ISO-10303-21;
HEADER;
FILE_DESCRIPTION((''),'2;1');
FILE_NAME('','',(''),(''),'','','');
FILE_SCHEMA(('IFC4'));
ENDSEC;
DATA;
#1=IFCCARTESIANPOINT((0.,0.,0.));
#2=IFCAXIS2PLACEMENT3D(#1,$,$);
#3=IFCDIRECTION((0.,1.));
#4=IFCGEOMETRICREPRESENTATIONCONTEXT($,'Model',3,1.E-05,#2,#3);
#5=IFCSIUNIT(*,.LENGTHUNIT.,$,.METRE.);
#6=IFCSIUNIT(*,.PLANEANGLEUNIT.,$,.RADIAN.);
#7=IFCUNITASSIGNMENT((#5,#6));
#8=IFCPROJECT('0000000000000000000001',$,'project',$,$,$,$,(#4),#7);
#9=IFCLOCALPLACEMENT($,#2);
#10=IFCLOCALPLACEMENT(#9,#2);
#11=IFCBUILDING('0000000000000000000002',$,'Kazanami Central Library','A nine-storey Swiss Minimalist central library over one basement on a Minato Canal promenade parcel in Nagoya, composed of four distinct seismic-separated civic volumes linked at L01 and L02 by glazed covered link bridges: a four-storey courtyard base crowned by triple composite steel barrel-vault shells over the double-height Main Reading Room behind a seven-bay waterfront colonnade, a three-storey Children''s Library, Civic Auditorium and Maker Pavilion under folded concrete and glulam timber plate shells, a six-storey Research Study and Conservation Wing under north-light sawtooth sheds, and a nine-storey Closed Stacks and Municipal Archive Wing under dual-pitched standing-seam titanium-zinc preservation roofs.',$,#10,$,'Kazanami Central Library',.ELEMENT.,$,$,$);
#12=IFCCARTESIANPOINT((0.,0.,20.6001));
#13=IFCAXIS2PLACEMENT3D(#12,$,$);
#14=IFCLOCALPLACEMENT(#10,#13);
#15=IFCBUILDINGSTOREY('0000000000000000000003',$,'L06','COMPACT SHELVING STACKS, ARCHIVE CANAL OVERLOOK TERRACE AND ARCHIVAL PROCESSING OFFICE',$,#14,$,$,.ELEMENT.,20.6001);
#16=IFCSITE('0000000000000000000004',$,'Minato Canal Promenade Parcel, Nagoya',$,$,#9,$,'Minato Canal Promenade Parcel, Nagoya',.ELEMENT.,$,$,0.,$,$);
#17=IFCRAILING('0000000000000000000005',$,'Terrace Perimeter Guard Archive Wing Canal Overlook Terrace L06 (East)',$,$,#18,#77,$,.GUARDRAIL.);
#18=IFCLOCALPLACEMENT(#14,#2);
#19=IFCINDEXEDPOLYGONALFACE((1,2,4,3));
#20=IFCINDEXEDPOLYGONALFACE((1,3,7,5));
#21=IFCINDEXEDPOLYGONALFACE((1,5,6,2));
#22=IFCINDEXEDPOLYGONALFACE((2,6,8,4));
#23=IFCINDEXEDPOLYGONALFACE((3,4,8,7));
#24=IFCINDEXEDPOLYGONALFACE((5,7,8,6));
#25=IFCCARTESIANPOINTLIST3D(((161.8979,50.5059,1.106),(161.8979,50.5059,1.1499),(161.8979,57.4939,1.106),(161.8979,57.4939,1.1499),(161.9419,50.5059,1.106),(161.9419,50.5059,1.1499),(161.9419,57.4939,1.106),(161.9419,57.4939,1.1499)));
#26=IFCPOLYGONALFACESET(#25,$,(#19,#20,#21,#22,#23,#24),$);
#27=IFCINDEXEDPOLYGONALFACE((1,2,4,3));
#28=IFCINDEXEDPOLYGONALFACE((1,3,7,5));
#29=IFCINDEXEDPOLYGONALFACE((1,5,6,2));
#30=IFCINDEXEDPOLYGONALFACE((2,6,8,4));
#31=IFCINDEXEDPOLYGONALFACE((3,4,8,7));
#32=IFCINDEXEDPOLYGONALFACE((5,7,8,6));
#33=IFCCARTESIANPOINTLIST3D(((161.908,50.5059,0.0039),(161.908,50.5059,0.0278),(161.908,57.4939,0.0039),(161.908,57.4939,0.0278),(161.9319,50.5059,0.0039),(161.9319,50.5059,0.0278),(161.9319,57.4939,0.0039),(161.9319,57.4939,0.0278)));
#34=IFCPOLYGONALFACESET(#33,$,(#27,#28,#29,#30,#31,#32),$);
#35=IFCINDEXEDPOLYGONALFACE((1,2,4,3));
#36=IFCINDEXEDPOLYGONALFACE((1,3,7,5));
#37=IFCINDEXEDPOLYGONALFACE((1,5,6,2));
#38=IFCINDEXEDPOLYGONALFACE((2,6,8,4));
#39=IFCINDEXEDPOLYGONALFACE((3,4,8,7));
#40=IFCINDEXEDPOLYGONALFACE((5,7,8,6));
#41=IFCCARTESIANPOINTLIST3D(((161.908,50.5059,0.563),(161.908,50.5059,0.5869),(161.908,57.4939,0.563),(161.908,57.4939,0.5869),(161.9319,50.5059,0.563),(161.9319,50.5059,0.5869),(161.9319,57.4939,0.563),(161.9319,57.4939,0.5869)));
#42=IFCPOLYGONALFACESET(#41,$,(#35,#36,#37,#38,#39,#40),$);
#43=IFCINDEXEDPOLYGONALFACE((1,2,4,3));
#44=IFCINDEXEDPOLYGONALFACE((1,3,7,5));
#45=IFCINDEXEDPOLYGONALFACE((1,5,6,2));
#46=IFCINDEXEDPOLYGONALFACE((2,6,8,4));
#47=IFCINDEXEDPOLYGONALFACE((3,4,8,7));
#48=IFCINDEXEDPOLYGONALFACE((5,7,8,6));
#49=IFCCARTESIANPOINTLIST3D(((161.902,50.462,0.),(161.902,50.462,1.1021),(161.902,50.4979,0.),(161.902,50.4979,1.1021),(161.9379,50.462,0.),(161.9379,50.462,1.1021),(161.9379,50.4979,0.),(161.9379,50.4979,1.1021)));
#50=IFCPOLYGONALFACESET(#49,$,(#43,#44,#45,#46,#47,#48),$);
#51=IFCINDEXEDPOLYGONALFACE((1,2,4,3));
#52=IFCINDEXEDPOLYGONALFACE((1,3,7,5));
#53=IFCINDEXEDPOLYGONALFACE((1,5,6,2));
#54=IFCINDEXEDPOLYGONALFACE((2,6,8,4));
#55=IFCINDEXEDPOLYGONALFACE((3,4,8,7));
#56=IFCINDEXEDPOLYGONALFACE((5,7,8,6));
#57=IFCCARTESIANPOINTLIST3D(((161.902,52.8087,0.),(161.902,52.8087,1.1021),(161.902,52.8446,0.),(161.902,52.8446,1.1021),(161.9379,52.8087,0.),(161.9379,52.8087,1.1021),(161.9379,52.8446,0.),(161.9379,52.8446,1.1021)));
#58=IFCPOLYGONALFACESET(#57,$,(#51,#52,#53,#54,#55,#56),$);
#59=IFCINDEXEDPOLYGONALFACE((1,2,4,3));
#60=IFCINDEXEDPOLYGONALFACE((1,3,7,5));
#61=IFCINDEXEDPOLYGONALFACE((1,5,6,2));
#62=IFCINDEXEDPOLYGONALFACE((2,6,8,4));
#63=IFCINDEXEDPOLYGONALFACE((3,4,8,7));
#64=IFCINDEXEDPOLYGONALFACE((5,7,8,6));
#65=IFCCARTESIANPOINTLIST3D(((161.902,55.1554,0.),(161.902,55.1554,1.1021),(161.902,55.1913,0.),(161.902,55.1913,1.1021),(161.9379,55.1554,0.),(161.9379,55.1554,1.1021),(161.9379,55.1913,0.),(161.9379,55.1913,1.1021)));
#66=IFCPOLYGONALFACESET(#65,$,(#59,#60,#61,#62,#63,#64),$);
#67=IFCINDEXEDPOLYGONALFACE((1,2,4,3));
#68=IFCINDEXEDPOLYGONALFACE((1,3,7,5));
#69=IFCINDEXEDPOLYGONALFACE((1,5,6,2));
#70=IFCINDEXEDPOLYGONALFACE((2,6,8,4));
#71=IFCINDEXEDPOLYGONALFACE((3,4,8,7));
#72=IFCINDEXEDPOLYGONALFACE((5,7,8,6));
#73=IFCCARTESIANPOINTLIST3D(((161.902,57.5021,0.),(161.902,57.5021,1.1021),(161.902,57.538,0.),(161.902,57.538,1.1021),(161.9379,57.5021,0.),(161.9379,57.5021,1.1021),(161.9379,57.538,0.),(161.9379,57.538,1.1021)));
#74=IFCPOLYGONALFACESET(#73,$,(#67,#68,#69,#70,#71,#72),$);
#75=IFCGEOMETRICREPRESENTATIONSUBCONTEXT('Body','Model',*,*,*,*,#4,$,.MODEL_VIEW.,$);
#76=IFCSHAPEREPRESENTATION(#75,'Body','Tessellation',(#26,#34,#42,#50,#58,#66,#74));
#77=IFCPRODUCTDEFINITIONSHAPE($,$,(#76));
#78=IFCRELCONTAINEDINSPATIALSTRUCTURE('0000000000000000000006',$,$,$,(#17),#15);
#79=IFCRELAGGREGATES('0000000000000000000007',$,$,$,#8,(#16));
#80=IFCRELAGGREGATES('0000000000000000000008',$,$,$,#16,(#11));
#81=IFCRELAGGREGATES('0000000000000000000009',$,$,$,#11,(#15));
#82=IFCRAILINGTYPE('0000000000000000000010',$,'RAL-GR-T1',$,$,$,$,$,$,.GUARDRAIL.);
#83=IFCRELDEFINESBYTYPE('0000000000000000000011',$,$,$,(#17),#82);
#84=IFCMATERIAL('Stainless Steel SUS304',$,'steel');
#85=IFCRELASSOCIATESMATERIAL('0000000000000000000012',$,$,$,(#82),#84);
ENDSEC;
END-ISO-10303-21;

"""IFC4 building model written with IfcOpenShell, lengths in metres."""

from ifc_helpers import new_model, si_unit, direction, frame, origin, origin_2d, place, context, subcontext, project, spatial, rectangle, extrude, material, type_object, element, save


model = new_model("IFC4")

# Units and contexts
model_context = context("Model", 3, precision=1e-05, world=origin(), true_north=direction((0.0, 1.0)))
body_context = subcontext(model_context, "Body", "Model", "MODEL_VIEW")
ifc_project = project(units=[si_unit("LENGTHUNIT", "METRE"), si_unit("PLANEANGLEUNIT", "RADIAN")], contexts=[model_context])

# Site, building, storey
site_placement = place(None, origin())
site = spatial("IfcSite", under=ifc_project, at=site_placement, Name="Minato Canal Promenade Parcel, Nagoya", LongName="Minato Canal Promenade Parcel, Nagoya", CompositionType="ELEMENT", RefElevation=0.0)
building_placement = place(site_placement, origin())
building = spatial("IfcBuilding", under=site, at=building_placement, Name="Kazanami Central Library", Description="A nine-storey Swiss Minimalist central library over one basement on a Minato Canal promenade parcel in Nagoya, composed of four distinct seismic-separated civic volumes linked at L01 and L02 by glazed covered link bridges: a four-storey courtyard base crowned by triple composite steel barrel-vault shells over the double-height Main Reading Room behind a seven-bay waterfront colonnade, a three-storey Children's Library, Civic Auditorium and Maker Pavilion under folded concrete and glulam timber plate shells, a six-storey Research Study and Conservation Wing under north-light sawtooth sheds, and a nine-storey Closed Stacks and Municipal Archive Wing under dual-pitched standing-seam titanium-zinc preservation roofs.", LongName="Kazanami Central Library", CompositionType="ELEMENT")
storey_placement = place(building_placement, frame((0.0, 0.0, 20.6001)))
storey = spatial("IfcBuildingStorey", under=building, at=storey_placement, Name="L06", Description="COMPACT SHELVING STACKS, ARCHIVE CANAL OVERLOOK TERRACE AND ARCHIVAL PROCESSING OFFICE", CompositionType="ELEMENT", Elevation=20.6001)

# Railing
ifc_material_1 = material(Name="Stainless Steel SUS304", Category="steel")
railing_type = type_object("IfcRailingType", Name="RAL-GR-T1", PredefinedType="GUARDRAIL", material=ifc_material_1)
railing_placement = place(storey_placement, frame((161.9199, 50.48, 0.0)))
element("IfcRailing", 1, at=railing_placement, inside=storey, type_object=railing_type, Name="Terrace Perimeter Guard Archive Wing Canal Overlook Terrace L06 (East)", PredefinedType="GUARDRAIL", context=body_context, shape_type="SweptSolid", body=[
    extrude(rectangle(XDim=0.0439, YDim=0.0439, at=origin_2d()), frame((0.0, 0.0259, 1.1279), z_axis=(0.0, 1.0, 0.0), x_axis=(-1.0, 0.0, 0.0)), (0.0, 0.0, 1.0), 6.988),
    extrude(rectangle(XDim=0.0239, YDim=0.0239, at=origin_2d()), frame((0.0, 0.0259, 0.0159), z_axis=(0.0, 1.0, 0.0), x_axis=(-1.0, 0.0, 0.0)), (0.0, 0.0, 1.0), 6.988),
    extrude(rectangle(XDim=0.0239, YDim=0.0239, at=origin_2d()), frame((0.0, 0.0259, 0.575), z_axis=(0.0, 1.0, 0.0), x_axis=(-1.0, 0.0, 0.0)), (0.0, 0.0, 1.0), 6.988),
    extrude(rectangle(XDim=0.0359, YDim=0.0359, at=origin_2d()), origin(), (0.0, 0.0, 1.0), 1.1021),
    extrude(rectangle(XDim=0.0359, YDim=0.0359, at=origin_2d()), frame((0.0, 2.3467, 0.0)), (0.0, 0.0, 1.0), 1.1021),
    extrude(rectangle(XDim=0.0359, YDim=0.0359, at=origin_2d()), frame((0.0, 4.6934, 0.0)), (0.0, 0.0, 1.0), 1.1021),
    extrude(rectangle(XDim=0.0359, YDim=0.0359, at=origin_2d()), frame((0.0, 7.04, 0.0)), (0.0, 0.0, 1.0), 1.1021),
])

save(model, "model.ifc")
